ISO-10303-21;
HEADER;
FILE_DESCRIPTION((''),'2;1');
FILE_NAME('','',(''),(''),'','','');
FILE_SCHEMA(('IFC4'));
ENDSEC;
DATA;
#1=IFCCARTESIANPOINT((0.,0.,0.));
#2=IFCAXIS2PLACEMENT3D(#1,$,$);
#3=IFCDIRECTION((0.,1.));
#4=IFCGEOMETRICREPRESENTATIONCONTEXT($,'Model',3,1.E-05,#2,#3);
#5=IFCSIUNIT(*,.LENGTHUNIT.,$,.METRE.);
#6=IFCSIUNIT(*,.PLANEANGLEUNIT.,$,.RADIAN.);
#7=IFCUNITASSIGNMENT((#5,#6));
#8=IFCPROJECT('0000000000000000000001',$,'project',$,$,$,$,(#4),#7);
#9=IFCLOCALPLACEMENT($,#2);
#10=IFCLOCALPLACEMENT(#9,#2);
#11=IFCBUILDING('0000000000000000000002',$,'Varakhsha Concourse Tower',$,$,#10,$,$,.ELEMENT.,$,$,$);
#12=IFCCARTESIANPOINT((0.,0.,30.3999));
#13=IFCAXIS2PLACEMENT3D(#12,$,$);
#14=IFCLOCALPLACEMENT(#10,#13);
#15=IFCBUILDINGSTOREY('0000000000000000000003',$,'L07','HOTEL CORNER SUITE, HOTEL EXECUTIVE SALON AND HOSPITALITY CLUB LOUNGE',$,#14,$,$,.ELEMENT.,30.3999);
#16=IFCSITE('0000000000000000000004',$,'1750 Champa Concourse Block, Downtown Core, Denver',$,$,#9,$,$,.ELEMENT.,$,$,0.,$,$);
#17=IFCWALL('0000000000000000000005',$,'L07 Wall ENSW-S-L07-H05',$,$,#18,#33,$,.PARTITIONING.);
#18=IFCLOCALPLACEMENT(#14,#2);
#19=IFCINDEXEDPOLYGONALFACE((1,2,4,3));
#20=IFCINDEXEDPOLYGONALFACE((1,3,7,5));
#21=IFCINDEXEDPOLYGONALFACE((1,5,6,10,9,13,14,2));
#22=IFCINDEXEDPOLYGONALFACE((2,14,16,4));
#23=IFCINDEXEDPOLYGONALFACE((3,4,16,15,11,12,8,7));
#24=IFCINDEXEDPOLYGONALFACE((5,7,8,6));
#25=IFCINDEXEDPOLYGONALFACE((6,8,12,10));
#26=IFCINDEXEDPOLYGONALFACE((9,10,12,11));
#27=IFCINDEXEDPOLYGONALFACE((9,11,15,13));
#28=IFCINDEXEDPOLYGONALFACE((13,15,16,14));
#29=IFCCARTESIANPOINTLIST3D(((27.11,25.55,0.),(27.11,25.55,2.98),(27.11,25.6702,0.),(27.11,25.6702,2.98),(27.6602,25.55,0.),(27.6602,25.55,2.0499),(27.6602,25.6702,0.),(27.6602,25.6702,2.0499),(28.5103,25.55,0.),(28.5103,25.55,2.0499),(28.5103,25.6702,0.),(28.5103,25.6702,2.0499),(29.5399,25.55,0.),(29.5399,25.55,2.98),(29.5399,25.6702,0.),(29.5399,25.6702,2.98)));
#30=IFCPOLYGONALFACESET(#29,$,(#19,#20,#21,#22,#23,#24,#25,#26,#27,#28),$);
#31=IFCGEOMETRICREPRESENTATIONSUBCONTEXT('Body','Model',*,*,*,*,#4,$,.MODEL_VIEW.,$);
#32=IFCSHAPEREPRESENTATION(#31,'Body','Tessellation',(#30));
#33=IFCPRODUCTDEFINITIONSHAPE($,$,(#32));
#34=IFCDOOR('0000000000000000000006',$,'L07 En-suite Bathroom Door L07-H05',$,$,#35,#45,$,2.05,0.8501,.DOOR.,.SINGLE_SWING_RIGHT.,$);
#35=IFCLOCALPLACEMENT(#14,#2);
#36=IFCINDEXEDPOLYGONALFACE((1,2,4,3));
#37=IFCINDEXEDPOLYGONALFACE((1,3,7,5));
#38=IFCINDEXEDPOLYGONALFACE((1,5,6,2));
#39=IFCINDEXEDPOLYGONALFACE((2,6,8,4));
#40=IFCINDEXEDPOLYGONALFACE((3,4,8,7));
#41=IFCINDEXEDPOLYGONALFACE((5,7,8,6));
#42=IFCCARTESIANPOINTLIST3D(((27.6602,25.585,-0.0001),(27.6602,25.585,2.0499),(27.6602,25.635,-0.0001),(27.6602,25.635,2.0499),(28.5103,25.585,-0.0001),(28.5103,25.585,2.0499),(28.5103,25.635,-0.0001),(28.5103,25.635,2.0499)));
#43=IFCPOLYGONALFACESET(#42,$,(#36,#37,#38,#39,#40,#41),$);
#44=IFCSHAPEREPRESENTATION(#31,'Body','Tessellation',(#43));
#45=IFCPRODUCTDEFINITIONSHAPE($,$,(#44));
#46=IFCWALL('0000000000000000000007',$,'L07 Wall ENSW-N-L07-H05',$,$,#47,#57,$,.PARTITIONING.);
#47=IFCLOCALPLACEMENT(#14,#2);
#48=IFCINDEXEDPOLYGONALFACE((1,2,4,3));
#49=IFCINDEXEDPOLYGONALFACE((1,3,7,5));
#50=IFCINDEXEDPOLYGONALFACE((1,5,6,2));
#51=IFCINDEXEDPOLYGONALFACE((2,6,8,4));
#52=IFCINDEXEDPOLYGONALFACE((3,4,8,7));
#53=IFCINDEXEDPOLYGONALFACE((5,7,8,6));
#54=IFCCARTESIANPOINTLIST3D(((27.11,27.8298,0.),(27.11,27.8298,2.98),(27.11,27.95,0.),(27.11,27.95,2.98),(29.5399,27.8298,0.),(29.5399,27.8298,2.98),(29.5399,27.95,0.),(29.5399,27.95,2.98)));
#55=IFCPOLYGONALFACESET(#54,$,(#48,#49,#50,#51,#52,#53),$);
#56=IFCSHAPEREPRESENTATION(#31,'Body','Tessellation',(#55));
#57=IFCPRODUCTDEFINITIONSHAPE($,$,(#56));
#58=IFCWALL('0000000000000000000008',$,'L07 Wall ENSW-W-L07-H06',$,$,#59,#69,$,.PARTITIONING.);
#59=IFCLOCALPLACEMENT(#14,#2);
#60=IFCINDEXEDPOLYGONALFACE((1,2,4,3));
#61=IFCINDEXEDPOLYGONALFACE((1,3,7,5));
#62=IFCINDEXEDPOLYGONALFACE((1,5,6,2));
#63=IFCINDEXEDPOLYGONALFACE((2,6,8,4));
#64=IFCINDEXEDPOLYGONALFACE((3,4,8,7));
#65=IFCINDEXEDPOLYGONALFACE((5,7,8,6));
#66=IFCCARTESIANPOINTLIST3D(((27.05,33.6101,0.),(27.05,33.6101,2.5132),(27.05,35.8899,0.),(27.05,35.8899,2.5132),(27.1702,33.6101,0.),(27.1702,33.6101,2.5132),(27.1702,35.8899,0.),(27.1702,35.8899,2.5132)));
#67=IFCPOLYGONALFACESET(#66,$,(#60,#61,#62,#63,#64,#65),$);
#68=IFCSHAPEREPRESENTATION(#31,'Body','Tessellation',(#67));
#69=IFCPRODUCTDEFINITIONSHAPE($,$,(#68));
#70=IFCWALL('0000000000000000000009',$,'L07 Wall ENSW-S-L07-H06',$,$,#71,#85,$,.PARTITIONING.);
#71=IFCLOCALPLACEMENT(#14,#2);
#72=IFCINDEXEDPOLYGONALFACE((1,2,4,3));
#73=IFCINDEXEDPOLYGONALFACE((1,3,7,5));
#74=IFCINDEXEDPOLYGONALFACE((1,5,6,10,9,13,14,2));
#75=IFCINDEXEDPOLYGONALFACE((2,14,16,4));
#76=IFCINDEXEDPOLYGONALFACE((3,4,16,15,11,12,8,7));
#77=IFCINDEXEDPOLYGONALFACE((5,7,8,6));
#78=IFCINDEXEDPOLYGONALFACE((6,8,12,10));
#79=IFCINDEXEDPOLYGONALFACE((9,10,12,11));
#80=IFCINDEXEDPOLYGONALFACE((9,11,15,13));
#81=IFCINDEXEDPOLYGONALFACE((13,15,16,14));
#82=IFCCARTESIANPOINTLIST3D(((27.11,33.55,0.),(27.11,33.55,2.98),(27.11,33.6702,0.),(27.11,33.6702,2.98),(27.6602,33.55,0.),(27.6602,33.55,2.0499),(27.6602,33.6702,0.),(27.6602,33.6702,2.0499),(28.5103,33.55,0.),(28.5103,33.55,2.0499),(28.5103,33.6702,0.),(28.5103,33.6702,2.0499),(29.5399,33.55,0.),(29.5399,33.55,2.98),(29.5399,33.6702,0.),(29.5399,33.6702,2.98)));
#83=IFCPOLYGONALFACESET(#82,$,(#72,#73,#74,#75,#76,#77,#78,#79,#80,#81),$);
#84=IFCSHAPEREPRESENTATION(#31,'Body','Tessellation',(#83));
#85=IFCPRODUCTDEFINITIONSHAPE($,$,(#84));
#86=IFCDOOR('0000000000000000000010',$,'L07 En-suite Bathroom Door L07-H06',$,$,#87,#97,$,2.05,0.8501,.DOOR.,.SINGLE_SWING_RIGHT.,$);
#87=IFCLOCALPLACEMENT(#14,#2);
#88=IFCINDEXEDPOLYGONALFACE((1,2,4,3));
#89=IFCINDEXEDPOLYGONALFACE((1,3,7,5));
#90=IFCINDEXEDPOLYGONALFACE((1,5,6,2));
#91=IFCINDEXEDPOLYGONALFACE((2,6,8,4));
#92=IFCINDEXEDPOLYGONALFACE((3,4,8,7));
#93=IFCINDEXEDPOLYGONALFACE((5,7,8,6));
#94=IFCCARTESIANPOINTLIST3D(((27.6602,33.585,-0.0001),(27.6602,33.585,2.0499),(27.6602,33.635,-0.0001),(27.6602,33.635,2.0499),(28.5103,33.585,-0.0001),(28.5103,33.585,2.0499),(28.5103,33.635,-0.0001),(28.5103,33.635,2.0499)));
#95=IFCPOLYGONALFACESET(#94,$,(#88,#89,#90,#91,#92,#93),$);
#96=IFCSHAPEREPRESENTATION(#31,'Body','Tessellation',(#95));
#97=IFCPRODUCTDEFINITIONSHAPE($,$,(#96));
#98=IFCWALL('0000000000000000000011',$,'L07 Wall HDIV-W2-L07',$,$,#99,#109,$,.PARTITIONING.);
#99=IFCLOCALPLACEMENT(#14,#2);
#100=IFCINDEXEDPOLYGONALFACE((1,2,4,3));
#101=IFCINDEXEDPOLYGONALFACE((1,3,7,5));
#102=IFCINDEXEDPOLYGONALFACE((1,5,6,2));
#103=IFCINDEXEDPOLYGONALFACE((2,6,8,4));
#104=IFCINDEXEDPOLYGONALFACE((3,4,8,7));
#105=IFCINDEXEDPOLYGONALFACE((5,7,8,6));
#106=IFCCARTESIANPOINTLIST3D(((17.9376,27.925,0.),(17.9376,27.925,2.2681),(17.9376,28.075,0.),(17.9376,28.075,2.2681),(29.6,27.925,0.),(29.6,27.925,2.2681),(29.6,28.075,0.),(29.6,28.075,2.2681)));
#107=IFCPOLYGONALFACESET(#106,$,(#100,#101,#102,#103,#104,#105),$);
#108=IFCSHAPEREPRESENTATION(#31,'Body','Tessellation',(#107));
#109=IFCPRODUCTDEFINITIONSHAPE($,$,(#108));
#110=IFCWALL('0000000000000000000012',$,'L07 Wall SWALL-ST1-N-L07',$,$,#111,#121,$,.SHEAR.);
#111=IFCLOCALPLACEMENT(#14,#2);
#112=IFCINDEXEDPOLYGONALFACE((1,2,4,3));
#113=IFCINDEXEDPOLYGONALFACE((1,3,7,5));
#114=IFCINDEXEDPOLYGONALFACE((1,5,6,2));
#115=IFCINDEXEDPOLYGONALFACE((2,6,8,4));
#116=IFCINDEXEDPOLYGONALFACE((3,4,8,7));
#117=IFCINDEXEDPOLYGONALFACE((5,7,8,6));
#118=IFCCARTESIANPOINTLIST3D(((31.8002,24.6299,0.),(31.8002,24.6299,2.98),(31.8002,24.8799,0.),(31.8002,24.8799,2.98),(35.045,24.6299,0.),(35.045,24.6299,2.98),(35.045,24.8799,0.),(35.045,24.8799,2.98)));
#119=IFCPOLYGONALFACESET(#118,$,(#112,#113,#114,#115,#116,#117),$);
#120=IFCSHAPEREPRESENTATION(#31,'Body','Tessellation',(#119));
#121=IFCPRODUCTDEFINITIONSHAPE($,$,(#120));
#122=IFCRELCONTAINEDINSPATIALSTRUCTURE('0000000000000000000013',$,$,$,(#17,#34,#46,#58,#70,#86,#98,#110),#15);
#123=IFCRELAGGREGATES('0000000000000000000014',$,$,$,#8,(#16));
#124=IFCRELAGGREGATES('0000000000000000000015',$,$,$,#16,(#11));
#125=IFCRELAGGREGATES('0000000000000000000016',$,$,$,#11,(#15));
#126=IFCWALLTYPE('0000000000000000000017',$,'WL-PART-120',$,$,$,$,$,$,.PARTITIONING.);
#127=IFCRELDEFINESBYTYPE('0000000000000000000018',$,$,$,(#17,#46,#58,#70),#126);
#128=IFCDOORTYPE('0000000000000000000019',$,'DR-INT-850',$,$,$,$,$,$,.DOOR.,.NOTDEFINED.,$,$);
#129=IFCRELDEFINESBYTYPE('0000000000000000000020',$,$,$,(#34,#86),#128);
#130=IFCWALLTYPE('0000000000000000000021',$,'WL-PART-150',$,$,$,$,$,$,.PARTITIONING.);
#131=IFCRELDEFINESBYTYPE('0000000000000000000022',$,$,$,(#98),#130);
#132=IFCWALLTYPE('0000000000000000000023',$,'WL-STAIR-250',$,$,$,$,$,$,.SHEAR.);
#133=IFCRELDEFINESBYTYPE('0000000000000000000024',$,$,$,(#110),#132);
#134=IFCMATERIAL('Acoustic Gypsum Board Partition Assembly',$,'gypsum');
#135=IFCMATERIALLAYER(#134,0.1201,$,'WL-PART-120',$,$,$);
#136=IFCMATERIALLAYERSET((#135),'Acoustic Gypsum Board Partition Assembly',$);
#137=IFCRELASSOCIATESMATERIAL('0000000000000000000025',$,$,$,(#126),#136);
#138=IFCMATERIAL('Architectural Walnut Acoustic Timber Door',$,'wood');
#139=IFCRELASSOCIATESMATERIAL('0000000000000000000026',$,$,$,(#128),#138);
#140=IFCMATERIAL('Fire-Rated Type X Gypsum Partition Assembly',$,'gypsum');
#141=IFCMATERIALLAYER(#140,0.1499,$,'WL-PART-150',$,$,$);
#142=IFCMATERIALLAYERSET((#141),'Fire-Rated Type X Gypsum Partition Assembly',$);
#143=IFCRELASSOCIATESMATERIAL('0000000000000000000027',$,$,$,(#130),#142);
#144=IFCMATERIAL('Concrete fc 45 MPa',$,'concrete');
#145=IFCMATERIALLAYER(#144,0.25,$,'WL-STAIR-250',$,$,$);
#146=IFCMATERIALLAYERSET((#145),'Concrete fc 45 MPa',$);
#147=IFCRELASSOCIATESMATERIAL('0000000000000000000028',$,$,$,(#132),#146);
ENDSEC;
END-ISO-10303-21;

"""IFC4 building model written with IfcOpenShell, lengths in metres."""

from ifc_helpers import new_model, si_unit, direction, frame, frame_2d, origin, place, context, subcontext, project, spatial, rectangle, extrude, material, layer, layer_set, type_object, element, fill, save


model = new_model("IFC4")

# Units and contexts
model_context = context("Model", 3, precision=1e-05, world=origin(), true_north=direction((0.0, 1.0)))
body_context = subcontext(model_context, "Body", "Model", "MODEL_VIEW")
ifc_project = project(units=[si_unit("LENGTHUNIT", "METRE"), si_unit("PLANEANGLEUNIT", "RADIAN")], contexts=[model_context])

# Site, building, storey
site_placement = place(None, origin())
site = spatial("IfcSite", under=ifc_project, at=site_placement, Name="1750 Champa Concourse Block, Downtown Core, Denver", CompositionType="ELEMENT", RefElevation=0.0)
building_placement = place(site_placement, origin())
building = spatial("IfcBuilding", under=site, at=building_placement, Name="Varakhsha Concourse Tower", CompositionType="ELEMENT")
storey_placement = place(building_placement, frame((0.0, 0.0, 30.3999)))
storey = spatial("IfcBuildingStorey", under=building, at=storey_placement, Name="L07", Description="HOTEL CORNER SUITE, HOTEL EXECUTIVE SALON AND HOSPITALITY CLUB LOUNGE", CompositionType="ELEMENT", Elevation=30.3999)

# Shared definitions
ifc_material_1 = material(Name="Acoustic Gypsum Board Partition Assembly", Category="gypsum")
ifc_layer_1 = layer(ifc_material_1, 0.1201, Name="WL-PART-120")
ifc_layer_set_1 = layer_set([ifc_layer_1], Name="Acoustic Gypsum Board Partition Assembly")
wall_type_1 = type_object("IfcWallType", Name="WL-PART-120", PredefinedType="PARTITIONING", material=ifc_layer_set_1)

# Wall, opening, door
wall_1_placement = place(storey_placement, frame((27.1101, 25.6101, 0.0), z_axis=(0.0, 0.0, 1.0), x_axis=(1.0, 0.0, 0.0)))
wall_1 = element("IfcWall", 1, at=wall_1_placement, inside=storey, type_object=wall_type_1, Name="L07 Wall ENSW-S-L07-H05", PredefinedType="PARTITIONING", context=body_context, shape_type="SweptSolid", body=[
    extrude(rectangle(XDim=2.4299, YDim=0.1201, at=frame_2d((1.2148, 0.0))), origin(), (0.0, 0.0, 1.0), 2.98),
])
opening_1_placement = place(wall_1_placement, frame((0.55, 0.0, 0.0)))
opening_1 = element("IfcOpeningElement", 2, at=opening_1_placement, cuts=wall_1, PredefinedType="OPENING", context=body_context, shape_type="SweptSolid", body=[
    extrude(rectangle(XDim=0.8501, YDim=2.05, at=frame_2d((0.425, 1.0249))), frame((0.0, 0.0701, 0.0), z_axis=(0.0, -1.0, 0.0), x_axis=(1.0, 0.0, 0.0)), (0.0, 0.0, 1.0), 0.1401),
])
ifc_material_2 = material(Name="Architectural Walnut Acoustic Timber Door", Category="wood")
door_type_1 = type_object("IfcDoorType", Name="DR-INT-850", OperationType="NOTDEFINED", PredefinedType="DOOR", material=ifc_material_2)
door_1_placement = place(opening_1_placement, origin())
door_1 = element("IfcDoor", 3, at=door_1_placement, inside=storey, type_object=door_type_1, Name="L07 En-suite Bathroom Door L07-H05", OperationType="SINGLE_SWING_RIGHT", OverallHeight=2.05, OverallWidth=0.8501, PredefinedType="DOOR", context=body_context, shape_type="SweptSolid", body=[
    extrude(rectangle(XDim=0.8501, YDim=2.05, at=frame_2d((0.425, 1.0249))), frame((0.0, 0.0249, 0.0), z_axis=(0.0, -1.0, 0.0), x_axis=(1.0, 0.0, 0.0)), (0.0, 0.0, 1.0), 0.05),
])
fill(opening_1, door_1)

# Walls
wall_2_placement = place(storey_placement, frame((27.1101, 27.8899, 0.0), z_axis=(0.0, 0.0, 1.0), x_axis=(1.0, 0.0, 0.0)))
element("IfcWall", 4, at=wall_2_placement, inside=storey, type_object=wall_type_1, Name="L07 Wall ENSW-N-L07-H05", PredefinedType="PARTITIONING", context=body_context, shape_type="SweptSolid", body=[
    extrude(rectangle(XDim=2.4299, YDim=0.1201, at=frame_2d((1.2148, 0.0))), origin(), (0.0, 0.0, 1.0), 2.98),
])
wall_3_placement = place(storey_placement, frame((27.1101, 33.6101, 0.0), z_axis=(0.0, 0.0, 1.0), x_axis=(0.0, 1.0, 0.0)))
element("IfcWall", 5, at=wall_3_placement, inside=storey, type_object=wall_type_1, Name="L07 Wall ENSW-W-L07-H06", PredefinedType="PARTITIONING", context=body_context, shape_type="SweptSolid", body=[
    extrude(rectangle(XDim=2.2798, YDim=0.1201, at=frame_2d((1.1399, 0.0))), origin(), (0.0, 0.0, 1.0), 2.5132),
])

# Wall, opening, door
wall_4_placement = place(storey_placement, frame((27.1101, 33.6101, 0.0), z_axis=(0.0, 0.0, 1.0), x_axis=(1.0, 0.0, 0.0)))
wall_4 = element("IfcWall", 6, at=wall_4_placement, inside=storey, type_object=wall_type_1, Name="L07 Wall ENSW-S-L07-H06", PredefinedType="PARTITIONING", context=body_context, shape_type="SweptSolid", body=[
    extrude(rectangle(XDim=2.4299, YDim=0.1201, at=frame_2d((1.2148, 0.0))), origin(), (0.0, 0.0, 1.0), 2.98),
])
opening_2_placement = place(wall_4_placement, frame((0.55, 0.0, 0.0)))
opening_2 = element("IfcOpeningElement", 7, at=opening_2_placement, cuts=wall_4, PredefinedType="OPENING", context=body_context, shape_type="SweptSolid", body=[
    extrude(rectangle(XDim=0.8501, YDim=2.05, at=frame_2d((0.425, 1.0249))), frame((0.0, 0.0701, 0.0), z_axis=(0.0, -1.0, 0.0), x_axis=(1.0, 0.0, 0.0)), (0.0, 0.0, 1.0), 0.1401),
])
door_2_placement = place(opening_2_placement, origin())
door_2 = element("IfcDoor", 8, at=door_2_placement, inside=storey, type_object=door_type_1, Name="L07 En-suite Bathroom Door L07-H06", OperationType="SINGLE_SWING_RIGHT", OverallHeight=2.05, OverallWidth=0.8501, PredefinedType="DOOR", context=body_context, shape_type="SweptSolid", body=[
    extrude(rectangle(XDim=0.8501, YDim=2.05, at=frame_2d((0.425, 1.0249))), frame((0.0, 0.0249, 0.0), z_axis=(0.0, -1.0, 0.0), x_axis=(1.0, 0.0, 0.0)), (0.0, 0.0, 1.0), 0.05),
])
fill(opening_2, door_2)

# Wall
ifc_material_3 = material(Name="Fire-Rated Type X Gypsum Partition Assembly", Category="gypsum")
ifc_layer_2 = layer(ifc_material_3, 0.1499, Name="WL-PART-150")
ifc_layer_set_2 = layer_set([ifc_layer_2], Name="Fire-Rated Type X Gypsum Partition Assembly")
wall_type_2 = type_object("IfcWallType", Name="WL-PART-150", PredefinedType="PARTITIONING", material=ifc_layer_set_2)
wall_5_placement = place(storey_placement, frame((17.9377, 28.0, 0.0), z_axis=(0.0, 0.0, 1.0), x_axis=(1.0, 0.0, 0.0)))
element("IfcWall", 9, at=wall_5_placement, inside=storey, type_object=wall_type_2, Name="L07 Wall HDIV-W2-L07", PredefinedType="PARTITIONING", context=body_context, shape_type="SweptSolid", body=[
    extrude(rectangle(XDim=11.6624, YDim=0.1499, at=frame_2d((5.8311, 0.0))), origin(), (0.0, 0.0, 1.0), 2.2681),
])

# Wall
ifc_material_4 = material(Name="Concrete fc 45 MPa", Category="concrete")
ifc_layer_3 = layer(ifc_material_4, 0.25, Name="WL-STAIR-250")
ifc_layer_set_3 = layer_set([ifc_layer_3], Name="Concrete fc 45 MPa")
wall_type_3 = type_object("IfcWallType", Name="WL-STAIR-250", PredefinedType="SHEAR", material=ifc_layer_set_3)
wall_6_placement = place(storey_placement, frame((31.8, 24.7549, 0.0), z_axis=(0.0, 0.0, 1.0), x_axis=(1.0, 0.0, 0.0)))
element("IfcWall", 10, at=wall_6_placement, inside=storey, type_object=wall_type_3, Name="L07 Wall SWALL-ST1-N-L07", PredefinedType="SHEAR", context=body_context, shape_type="SweptSolid", body=[
    extrude(rectangle(XDim=3.2449, YDim=0.25, at=frame_2d((1.6226, 0.0))), origin(), (0.0, 0.0, 1.0), 2.98),
])

save(model, "model.ifc")
